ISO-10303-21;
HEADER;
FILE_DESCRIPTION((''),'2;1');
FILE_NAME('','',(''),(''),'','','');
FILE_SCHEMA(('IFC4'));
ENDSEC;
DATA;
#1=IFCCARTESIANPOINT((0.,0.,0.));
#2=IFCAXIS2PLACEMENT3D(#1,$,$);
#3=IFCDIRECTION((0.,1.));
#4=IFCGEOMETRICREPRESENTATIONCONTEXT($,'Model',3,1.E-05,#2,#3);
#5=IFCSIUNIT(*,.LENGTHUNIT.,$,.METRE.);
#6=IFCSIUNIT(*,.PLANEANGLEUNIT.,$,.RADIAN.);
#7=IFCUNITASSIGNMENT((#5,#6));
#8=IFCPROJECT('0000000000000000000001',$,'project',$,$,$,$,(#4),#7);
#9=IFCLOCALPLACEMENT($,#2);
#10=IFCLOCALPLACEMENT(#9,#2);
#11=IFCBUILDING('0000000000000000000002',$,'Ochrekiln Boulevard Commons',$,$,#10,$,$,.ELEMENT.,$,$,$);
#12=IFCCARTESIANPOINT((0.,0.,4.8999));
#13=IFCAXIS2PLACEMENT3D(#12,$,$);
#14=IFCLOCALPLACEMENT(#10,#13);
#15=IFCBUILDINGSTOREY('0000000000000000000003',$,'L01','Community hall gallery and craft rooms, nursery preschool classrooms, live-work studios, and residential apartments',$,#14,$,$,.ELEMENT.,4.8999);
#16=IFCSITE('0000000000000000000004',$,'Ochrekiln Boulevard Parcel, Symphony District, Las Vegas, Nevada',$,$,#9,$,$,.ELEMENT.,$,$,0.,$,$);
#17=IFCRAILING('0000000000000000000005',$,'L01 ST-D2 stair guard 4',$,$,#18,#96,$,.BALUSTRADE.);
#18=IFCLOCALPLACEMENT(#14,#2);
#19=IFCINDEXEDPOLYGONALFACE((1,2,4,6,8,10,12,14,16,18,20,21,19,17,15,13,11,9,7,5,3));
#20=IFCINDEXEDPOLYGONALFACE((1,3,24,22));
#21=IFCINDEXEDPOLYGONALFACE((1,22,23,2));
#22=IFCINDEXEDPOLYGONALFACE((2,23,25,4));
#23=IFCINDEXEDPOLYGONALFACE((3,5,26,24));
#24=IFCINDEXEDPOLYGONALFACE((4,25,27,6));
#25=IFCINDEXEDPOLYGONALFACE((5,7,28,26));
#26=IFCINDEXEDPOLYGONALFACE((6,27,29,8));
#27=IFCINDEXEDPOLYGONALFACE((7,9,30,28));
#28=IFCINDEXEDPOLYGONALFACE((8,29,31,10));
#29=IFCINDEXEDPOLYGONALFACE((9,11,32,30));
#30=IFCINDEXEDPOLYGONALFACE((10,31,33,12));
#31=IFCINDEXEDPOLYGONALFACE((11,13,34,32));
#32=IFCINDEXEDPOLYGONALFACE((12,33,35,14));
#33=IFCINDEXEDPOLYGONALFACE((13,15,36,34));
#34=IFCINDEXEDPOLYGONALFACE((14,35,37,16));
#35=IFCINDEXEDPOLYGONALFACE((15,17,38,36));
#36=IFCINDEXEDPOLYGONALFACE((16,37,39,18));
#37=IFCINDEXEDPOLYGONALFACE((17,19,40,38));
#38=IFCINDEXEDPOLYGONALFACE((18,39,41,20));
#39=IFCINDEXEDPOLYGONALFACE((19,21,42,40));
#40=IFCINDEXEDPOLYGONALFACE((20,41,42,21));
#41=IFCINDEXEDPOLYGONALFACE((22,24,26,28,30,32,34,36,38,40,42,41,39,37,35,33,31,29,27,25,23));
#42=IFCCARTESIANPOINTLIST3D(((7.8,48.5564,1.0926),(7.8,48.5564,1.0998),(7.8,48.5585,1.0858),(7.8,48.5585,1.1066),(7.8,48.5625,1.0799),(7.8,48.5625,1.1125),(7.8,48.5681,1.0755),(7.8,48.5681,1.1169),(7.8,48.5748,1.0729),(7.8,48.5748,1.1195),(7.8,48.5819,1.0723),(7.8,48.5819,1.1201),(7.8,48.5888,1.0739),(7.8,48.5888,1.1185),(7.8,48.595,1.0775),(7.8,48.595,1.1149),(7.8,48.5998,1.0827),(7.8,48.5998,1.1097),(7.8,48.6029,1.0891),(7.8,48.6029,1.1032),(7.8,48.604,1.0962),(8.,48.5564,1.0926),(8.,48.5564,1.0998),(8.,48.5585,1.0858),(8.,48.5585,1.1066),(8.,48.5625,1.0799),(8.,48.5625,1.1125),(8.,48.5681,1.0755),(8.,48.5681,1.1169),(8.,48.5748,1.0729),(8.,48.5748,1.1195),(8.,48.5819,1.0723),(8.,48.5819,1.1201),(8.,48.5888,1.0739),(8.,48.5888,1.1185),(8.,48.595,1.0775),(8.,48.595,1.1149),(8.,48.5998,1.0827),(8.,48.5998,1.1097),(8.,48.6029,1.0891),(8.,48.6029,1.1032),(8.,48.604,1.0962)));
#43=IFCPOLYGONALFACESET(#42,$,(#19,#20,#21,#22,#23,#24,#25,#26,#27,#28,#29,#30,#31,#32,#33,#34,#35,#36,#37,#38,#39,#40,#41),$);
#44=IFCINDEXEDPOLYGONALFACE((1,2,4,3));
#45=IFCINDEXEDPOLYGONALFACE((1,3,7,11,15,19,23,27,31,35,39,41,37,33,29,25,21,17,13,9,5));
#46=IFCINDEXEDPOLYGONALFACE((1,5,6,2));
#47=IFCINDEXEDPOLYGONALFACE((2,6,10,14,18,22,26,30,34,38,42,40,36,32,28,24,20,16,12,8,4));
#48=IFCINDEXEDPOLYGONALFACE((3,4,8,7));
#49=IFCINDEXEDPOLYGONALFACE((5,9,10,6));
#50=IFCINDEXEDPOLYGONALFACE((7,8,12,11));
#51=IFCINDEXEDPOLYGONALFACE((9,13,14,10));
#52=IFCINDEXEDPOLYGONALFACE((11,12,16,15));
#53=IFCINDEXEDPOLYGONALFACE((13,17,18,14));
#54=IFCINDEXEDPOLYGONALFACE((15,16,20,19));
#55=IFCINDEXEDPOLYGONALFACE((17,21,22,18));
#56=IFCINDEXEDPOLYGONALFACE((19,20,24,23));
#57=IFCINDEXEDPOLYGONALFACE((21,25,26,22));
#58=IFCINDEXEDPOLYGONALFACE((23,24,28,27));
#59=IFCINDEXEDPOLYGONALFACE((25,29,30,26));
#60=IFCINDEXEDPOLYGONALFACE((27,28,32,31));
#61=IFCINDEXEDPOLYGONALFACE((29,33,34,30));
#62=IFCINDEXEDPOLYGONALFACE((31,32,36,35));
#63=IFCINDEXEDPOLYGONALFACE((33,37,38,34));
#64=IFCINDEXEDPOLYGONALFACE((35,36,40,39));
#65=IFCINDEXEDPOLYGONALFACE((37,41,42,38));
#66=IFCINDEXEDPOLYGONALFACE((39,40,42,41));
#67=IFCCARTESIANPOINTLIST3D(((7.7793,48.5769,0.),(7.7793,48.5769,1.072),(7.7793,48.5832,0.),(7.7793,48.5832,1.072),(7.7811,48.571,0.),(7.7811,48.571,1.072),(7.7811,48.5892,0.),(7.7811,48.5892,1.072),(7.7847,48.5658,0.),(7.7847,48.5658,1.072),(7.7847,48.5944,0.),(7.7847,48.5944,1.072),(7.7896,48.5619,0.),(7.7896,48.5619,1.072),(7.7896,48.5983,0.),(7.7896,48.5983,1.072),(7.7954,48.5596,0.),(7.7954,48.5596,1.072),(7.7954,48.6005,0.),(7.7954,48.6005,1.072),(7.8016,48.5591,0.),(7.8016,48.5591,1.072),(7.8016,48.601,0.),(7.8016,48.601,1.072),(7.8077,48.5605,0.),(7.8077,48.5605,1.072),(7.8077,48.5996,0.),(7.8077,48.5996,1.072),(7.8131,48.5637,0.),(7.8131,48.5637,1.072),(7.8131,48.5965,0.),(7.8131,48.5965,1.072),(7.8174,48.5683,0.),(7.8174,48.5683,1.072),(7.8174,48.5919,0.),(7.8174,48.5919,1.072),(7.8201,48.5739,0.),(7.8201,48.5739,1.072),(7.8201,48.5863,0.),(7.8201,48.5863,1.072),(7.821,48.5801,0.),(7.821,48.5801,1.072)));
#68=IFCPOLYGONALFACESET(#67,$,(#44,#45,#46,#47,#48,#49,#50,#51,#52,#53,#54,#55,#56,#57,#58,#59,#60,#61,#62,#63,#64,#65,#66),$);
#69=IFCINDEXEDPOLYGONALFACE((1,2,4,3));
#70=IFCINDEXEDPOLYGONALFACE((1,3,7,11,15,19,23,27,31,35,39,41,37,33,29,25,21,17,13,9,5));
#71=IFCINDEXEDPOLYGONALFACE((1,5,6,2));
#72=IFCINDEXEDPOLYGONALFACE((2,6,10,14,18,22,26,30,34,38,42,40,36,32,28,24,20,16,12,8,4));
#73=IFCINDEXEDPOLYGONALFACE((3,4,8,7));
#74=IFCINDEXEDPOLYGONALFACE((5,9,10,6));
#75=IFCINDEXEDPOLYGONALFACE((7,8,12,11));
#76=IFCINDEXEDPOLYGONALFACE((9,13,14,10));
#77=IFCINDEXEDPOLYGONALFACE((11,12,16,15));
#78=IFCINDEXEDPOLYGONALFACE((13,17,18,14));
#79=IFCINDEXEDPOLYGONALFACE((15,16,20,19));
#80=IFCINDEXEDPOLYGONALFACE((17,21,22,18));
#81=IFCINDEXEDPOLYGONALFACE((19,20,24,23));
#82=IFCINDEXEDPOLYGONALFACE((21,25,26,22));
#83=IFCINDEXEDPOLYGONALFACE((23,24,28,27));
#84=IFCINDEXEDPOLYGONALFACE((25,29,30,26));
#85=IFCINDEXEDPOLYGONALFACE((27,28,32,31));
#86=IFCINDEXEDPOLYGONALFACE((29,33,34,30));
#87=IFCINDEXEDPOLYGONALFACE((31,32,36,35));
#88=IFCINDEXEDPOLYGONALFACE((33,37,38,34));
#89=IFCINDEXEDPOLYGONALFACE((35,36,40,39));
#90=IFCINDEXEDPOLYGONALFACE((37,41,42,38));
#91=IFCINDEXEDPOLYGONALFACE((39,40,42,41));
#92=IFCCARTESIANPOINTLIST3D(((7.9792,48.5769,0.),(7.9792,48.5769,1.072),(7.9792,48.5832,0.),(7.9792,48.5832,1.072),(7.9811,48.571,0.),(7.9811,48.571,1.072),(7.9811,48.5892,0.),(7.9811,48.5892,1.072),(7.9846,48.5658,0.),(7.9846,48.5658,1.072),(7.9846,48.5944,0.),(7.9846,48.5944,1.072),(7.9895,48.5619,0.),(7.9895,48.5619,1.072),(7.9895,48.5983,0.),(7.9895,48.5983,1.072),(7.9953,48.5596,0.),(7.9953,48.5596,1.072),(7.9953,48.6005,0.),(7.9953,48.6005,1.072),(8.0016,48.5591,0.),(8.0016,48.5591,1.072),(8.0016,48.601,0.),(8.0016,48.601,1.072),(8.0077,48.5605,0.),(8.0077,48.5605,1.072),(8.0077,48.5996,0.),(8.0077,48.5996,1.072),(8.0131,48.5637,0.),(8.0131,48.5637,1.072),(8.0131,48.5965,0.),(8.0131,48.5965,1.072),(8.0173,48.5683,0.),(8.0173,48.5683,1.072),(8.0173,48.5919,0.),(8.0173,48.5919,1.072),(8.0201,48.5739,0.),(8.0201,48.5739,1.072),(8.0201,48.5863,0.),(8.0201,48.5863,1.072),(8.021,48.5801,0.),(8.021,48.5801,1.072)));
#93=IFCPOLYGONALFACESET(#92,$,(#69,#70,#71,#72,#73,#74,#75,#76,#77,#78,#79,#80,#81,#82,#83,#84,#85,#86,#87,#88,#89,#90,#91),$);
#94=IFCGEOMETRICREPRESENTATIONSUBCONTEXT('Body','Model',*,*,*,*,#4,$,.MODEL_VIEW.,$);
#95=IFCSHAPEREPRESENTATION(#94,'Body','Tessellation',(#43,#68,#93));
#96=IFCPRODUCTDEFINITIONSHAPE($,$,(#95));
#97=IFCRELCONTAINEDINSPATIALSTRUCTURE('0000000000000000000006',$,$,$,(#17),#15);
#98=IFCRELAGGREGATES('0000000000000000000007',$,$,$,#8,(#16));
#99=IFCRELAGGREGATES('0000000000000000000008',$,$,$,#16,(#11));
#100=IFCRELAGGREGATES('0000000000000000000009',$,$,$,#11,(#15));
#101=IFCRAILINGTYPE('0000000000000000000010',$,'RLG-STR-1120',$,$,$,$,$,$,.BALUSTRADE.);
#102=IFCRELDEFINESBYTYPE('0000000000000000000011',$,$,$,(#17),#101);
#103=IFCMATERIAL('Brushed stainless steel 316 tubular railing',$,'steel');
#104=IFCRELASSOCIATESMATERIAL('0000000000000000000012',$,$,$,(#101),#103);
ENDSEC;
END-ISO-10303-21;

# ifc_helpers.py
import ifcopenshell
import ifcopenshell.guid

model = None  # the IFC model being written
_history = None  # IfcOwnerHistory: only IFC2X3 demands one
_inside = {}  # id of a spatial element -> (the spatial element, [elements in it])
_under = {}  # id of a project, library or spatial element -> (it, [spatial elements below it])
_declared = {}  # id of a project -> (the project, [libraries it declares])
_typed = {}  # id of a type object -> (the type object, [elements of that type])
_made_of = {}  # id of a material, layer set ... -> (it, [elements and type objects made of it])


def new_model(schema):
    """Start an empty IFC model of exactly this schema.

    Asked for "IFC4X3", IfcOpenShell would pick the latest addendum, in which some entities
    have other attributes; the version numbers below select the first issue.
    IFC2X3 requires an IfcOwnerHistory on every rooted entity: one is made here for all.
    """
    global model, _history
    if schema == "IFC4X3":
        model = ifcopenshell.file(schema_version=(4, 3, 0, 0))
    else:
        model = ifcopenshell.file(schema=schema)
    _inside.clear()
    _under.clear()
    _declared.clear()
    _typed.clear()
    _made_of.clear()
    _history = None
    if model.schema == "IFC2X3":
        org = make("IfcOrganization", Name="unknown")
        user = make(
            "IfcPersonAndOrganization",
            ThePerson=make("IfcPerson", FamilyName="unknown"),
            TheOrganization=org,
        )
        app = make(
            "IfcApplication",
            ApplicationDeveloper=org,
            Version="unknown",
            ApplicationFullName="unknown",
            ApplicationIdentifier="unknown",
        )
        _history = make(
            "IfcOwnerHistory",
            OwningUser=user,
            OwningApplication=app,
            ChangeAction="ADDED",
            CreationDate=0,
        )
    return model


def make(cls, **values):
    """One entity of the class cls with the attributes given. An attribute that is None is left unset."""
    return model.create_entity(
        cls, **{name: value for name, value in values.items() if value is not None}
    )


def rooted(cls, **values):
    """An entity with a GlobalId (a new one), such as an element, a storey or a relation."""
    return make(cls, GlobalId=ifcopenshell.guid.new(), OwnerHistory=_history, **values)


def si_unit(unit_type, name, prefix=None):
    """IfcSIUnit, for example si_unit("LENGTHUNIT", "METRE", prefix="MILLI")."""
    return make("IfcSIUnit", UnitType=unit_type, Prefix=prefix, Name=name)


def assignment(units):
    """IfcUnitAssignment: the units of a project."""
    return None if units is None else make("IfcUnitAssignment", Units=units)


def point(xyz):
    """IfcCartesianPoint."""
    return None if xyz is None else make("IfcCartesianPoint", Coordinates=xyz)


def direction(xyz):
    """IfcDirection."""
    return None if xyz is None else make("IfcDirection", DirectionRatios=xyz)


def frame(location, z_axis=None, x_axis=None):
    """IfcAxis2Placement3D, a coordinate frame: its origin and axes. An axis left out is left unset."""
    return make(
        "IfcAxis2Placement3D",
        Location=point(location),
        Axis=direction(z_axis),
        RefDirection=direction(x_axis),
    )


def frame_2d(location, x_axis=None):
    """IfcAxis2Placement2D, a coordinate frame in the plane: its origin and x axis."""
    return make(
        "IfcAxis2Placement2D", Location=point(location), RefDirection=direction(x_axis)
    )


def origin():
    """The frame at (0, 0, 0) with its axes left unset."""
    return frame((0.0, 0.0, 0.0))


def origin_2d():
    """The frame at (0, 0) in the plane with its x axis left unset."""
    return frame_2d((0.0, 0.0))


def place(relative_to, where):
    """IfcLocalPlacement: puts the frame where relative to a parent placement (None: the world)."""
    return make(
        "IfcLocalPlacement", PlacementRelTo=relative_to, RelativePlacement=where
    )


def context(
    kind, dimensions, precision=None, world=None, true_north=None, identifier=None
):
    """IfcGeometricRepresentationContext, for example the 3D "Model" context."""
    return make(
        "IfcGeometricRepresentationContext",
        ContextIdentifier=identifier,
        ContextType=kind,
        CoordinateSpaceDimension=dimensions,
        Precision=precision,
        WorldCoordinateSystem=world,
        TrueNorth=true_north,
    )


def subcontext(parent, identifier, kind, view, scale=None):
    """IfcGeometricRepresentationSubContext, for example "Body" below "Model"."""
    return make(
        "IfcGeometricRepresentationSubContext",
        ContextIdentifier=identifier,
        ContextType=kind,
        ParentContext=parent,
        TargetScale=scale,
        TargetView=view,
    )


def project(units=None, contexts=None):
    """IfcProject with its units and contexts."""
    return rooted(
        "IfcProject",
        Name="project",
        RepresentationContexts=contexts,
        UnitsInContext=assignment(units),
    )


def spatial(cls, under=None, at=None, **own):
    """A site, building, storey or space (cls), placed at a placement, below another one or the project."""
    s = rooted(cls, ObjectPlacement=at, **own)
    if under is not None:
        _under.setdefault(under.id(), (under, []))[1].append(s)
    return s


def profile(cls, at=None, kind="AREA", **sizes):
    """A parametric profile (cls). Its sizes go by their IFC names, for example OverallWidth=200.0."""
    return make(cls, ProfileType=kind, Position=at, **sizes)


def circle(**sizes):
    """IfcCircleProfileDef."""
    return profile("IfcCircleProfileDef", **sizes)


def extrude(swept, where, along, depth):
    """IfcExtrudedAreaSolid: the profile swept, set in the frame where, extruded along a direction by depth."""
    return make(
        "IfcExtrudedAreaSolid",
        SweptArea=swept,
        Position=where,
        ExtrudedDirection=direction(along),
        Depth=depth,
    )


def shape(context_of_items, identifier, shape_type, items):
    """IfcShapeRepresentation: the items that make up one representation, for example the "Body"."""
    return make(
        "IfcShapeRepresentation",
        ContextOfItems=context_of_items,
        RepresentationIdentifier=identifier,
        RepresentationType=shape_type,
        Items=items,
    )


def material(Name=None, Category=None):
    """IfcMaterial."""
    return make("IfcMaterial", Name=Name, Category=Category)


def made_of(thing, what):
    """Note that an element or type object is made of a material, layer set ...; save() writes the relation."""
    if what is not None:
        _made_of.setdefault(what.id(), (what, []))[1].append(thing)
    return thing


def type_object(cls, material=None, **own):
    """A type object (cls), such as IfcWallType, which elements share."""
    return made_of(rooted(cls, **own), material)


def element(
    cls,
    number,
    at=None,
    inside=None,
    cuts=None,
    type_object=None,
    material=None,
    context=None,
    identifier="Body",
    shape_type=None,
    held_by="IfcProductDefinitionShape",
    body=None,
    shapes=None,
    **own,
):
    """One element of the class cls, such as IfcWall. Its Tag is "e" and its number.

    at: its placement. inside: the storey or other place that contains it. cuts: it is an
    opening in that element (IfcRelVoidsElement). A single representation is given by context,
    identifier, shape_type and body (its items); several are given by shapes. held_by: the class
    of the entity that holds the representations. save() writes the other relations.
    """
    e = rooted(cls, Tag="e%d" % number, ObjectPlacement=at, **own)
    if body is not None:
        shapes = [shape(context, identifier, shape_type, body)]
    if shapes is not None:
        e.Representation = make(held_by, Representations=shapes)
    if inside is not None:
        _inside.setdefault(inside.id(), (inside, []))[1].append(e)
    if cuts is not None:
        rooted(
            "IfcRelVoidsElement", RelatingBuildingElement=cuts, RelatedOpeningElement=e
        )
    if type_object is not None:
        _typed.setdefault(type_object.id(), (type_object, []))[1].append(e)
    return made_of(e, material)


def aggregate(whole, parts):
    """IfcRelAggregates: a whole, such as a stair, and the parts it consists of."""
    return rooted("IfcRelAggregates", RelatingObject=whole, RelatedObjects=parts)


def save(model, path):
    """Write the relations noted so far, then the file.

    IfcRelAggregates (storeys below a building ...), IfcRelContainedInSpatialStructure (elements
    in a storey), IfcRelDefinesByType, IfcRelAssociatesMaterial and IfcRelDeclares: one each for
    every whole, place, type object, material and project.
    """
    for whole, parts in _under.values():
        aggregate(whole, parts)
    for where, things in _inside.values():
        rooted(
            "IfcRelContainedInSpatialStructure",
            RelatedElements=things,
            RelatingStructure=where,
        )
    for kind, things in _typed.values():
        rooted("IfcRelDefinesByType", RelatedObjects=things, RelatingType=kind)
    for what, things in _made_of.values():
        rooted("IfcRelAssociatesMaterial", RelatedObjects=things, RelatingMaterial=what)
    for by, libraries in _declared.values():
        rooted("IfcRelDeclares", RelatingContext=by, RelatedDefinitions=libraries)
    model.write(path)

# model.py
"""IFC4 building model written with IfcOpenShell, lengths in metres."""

from ifc_helpers import new_model, si_unit, direction, frame, origin, origin_2d, place, context, subcontext, project, spatial, circle, extrude, material, type_object, element, save


model = new_model("IFC4")

# Units and contexts
model_context = context("Model", 3, precision=1e-05, world=origin(), true_north=direction((0.0, 1.0)))
body_context = subcontext(model_context, "Body", "Model", "MODEL_VIEW")
ifc_project = project(units=[si_unit("LENGTHUNIT", "METRE"), si_unit("PLANEANGLEUNIT", "RADIAN")], contexts=[model_context])

# Site, building, storey
site_placement = place(None, origin())
site = spatial("IfcSite", under=ifc_project, at=site_placement, Name="Ochrekiln Boulevard Parcel, Symphony District, Las Vegas, Nevada", CompositionType="ELEMENT", RefElevation=0.0)
building_placement = place(site_placement, origin())
building = spatial("IfcBuilding", under=site, at=building_placement, Name="Ochrekiln Boulevard Commons", CompositionType="ELEMENT")
storey_placement = place(building_placement, frame((0.0, 0.0, 4.8999)))
storey = spatial("IfcBuildingStorey", under=building, at=storey_placement, Name="L01", Description="Community hall gallery and craft rooms, nursery preschool classrooms, live-work studios, and residential apartments", CompositionType="ELEMENT", Elevation=4.8999)

# Railing
ifc_material_1 = material(Name="Brushed stainless steel 316 tubular railing", Category="steel")
railing_type_1 = type_object("IfcRailingType", Name="RLG-STR-1120", PredefinedType="BALUSTRADE", material=ifc_material_1)
railing_1_placement = place(storey_placement, frame((7.8, 48.5801, 0.0)))
element("IfcRailing", 1, at=railing_1_placement, inside=storey, type_object=railing_type_1, Name="L01 ST-D2 stair guard 4", PredefinedType="BALUSTRADE", context=body_context, shape_type="SweptSolid", body=[
    extrude(circle(Radius=0.0239, at=origin_2d()), frame((0.0, 0.0, 1.0962), z_axis=(1.0, 0.0, 0.0), x_axis=(0.0, 1.0, 0.0)), (0.0, 0.0, 1.0), 0.2),
    extrude(circle(Radius=0.021, at=origin_2d()), origin(), (0.0, 0.0, 1.0), 1.072),
    extrude(circle(Radius=0.021, at=origin_2d()), frame((0.2, 0.0, 0.0)), (0.0, 0.0, 1.0), 1.072),
])

save(model, "model.ifc")
